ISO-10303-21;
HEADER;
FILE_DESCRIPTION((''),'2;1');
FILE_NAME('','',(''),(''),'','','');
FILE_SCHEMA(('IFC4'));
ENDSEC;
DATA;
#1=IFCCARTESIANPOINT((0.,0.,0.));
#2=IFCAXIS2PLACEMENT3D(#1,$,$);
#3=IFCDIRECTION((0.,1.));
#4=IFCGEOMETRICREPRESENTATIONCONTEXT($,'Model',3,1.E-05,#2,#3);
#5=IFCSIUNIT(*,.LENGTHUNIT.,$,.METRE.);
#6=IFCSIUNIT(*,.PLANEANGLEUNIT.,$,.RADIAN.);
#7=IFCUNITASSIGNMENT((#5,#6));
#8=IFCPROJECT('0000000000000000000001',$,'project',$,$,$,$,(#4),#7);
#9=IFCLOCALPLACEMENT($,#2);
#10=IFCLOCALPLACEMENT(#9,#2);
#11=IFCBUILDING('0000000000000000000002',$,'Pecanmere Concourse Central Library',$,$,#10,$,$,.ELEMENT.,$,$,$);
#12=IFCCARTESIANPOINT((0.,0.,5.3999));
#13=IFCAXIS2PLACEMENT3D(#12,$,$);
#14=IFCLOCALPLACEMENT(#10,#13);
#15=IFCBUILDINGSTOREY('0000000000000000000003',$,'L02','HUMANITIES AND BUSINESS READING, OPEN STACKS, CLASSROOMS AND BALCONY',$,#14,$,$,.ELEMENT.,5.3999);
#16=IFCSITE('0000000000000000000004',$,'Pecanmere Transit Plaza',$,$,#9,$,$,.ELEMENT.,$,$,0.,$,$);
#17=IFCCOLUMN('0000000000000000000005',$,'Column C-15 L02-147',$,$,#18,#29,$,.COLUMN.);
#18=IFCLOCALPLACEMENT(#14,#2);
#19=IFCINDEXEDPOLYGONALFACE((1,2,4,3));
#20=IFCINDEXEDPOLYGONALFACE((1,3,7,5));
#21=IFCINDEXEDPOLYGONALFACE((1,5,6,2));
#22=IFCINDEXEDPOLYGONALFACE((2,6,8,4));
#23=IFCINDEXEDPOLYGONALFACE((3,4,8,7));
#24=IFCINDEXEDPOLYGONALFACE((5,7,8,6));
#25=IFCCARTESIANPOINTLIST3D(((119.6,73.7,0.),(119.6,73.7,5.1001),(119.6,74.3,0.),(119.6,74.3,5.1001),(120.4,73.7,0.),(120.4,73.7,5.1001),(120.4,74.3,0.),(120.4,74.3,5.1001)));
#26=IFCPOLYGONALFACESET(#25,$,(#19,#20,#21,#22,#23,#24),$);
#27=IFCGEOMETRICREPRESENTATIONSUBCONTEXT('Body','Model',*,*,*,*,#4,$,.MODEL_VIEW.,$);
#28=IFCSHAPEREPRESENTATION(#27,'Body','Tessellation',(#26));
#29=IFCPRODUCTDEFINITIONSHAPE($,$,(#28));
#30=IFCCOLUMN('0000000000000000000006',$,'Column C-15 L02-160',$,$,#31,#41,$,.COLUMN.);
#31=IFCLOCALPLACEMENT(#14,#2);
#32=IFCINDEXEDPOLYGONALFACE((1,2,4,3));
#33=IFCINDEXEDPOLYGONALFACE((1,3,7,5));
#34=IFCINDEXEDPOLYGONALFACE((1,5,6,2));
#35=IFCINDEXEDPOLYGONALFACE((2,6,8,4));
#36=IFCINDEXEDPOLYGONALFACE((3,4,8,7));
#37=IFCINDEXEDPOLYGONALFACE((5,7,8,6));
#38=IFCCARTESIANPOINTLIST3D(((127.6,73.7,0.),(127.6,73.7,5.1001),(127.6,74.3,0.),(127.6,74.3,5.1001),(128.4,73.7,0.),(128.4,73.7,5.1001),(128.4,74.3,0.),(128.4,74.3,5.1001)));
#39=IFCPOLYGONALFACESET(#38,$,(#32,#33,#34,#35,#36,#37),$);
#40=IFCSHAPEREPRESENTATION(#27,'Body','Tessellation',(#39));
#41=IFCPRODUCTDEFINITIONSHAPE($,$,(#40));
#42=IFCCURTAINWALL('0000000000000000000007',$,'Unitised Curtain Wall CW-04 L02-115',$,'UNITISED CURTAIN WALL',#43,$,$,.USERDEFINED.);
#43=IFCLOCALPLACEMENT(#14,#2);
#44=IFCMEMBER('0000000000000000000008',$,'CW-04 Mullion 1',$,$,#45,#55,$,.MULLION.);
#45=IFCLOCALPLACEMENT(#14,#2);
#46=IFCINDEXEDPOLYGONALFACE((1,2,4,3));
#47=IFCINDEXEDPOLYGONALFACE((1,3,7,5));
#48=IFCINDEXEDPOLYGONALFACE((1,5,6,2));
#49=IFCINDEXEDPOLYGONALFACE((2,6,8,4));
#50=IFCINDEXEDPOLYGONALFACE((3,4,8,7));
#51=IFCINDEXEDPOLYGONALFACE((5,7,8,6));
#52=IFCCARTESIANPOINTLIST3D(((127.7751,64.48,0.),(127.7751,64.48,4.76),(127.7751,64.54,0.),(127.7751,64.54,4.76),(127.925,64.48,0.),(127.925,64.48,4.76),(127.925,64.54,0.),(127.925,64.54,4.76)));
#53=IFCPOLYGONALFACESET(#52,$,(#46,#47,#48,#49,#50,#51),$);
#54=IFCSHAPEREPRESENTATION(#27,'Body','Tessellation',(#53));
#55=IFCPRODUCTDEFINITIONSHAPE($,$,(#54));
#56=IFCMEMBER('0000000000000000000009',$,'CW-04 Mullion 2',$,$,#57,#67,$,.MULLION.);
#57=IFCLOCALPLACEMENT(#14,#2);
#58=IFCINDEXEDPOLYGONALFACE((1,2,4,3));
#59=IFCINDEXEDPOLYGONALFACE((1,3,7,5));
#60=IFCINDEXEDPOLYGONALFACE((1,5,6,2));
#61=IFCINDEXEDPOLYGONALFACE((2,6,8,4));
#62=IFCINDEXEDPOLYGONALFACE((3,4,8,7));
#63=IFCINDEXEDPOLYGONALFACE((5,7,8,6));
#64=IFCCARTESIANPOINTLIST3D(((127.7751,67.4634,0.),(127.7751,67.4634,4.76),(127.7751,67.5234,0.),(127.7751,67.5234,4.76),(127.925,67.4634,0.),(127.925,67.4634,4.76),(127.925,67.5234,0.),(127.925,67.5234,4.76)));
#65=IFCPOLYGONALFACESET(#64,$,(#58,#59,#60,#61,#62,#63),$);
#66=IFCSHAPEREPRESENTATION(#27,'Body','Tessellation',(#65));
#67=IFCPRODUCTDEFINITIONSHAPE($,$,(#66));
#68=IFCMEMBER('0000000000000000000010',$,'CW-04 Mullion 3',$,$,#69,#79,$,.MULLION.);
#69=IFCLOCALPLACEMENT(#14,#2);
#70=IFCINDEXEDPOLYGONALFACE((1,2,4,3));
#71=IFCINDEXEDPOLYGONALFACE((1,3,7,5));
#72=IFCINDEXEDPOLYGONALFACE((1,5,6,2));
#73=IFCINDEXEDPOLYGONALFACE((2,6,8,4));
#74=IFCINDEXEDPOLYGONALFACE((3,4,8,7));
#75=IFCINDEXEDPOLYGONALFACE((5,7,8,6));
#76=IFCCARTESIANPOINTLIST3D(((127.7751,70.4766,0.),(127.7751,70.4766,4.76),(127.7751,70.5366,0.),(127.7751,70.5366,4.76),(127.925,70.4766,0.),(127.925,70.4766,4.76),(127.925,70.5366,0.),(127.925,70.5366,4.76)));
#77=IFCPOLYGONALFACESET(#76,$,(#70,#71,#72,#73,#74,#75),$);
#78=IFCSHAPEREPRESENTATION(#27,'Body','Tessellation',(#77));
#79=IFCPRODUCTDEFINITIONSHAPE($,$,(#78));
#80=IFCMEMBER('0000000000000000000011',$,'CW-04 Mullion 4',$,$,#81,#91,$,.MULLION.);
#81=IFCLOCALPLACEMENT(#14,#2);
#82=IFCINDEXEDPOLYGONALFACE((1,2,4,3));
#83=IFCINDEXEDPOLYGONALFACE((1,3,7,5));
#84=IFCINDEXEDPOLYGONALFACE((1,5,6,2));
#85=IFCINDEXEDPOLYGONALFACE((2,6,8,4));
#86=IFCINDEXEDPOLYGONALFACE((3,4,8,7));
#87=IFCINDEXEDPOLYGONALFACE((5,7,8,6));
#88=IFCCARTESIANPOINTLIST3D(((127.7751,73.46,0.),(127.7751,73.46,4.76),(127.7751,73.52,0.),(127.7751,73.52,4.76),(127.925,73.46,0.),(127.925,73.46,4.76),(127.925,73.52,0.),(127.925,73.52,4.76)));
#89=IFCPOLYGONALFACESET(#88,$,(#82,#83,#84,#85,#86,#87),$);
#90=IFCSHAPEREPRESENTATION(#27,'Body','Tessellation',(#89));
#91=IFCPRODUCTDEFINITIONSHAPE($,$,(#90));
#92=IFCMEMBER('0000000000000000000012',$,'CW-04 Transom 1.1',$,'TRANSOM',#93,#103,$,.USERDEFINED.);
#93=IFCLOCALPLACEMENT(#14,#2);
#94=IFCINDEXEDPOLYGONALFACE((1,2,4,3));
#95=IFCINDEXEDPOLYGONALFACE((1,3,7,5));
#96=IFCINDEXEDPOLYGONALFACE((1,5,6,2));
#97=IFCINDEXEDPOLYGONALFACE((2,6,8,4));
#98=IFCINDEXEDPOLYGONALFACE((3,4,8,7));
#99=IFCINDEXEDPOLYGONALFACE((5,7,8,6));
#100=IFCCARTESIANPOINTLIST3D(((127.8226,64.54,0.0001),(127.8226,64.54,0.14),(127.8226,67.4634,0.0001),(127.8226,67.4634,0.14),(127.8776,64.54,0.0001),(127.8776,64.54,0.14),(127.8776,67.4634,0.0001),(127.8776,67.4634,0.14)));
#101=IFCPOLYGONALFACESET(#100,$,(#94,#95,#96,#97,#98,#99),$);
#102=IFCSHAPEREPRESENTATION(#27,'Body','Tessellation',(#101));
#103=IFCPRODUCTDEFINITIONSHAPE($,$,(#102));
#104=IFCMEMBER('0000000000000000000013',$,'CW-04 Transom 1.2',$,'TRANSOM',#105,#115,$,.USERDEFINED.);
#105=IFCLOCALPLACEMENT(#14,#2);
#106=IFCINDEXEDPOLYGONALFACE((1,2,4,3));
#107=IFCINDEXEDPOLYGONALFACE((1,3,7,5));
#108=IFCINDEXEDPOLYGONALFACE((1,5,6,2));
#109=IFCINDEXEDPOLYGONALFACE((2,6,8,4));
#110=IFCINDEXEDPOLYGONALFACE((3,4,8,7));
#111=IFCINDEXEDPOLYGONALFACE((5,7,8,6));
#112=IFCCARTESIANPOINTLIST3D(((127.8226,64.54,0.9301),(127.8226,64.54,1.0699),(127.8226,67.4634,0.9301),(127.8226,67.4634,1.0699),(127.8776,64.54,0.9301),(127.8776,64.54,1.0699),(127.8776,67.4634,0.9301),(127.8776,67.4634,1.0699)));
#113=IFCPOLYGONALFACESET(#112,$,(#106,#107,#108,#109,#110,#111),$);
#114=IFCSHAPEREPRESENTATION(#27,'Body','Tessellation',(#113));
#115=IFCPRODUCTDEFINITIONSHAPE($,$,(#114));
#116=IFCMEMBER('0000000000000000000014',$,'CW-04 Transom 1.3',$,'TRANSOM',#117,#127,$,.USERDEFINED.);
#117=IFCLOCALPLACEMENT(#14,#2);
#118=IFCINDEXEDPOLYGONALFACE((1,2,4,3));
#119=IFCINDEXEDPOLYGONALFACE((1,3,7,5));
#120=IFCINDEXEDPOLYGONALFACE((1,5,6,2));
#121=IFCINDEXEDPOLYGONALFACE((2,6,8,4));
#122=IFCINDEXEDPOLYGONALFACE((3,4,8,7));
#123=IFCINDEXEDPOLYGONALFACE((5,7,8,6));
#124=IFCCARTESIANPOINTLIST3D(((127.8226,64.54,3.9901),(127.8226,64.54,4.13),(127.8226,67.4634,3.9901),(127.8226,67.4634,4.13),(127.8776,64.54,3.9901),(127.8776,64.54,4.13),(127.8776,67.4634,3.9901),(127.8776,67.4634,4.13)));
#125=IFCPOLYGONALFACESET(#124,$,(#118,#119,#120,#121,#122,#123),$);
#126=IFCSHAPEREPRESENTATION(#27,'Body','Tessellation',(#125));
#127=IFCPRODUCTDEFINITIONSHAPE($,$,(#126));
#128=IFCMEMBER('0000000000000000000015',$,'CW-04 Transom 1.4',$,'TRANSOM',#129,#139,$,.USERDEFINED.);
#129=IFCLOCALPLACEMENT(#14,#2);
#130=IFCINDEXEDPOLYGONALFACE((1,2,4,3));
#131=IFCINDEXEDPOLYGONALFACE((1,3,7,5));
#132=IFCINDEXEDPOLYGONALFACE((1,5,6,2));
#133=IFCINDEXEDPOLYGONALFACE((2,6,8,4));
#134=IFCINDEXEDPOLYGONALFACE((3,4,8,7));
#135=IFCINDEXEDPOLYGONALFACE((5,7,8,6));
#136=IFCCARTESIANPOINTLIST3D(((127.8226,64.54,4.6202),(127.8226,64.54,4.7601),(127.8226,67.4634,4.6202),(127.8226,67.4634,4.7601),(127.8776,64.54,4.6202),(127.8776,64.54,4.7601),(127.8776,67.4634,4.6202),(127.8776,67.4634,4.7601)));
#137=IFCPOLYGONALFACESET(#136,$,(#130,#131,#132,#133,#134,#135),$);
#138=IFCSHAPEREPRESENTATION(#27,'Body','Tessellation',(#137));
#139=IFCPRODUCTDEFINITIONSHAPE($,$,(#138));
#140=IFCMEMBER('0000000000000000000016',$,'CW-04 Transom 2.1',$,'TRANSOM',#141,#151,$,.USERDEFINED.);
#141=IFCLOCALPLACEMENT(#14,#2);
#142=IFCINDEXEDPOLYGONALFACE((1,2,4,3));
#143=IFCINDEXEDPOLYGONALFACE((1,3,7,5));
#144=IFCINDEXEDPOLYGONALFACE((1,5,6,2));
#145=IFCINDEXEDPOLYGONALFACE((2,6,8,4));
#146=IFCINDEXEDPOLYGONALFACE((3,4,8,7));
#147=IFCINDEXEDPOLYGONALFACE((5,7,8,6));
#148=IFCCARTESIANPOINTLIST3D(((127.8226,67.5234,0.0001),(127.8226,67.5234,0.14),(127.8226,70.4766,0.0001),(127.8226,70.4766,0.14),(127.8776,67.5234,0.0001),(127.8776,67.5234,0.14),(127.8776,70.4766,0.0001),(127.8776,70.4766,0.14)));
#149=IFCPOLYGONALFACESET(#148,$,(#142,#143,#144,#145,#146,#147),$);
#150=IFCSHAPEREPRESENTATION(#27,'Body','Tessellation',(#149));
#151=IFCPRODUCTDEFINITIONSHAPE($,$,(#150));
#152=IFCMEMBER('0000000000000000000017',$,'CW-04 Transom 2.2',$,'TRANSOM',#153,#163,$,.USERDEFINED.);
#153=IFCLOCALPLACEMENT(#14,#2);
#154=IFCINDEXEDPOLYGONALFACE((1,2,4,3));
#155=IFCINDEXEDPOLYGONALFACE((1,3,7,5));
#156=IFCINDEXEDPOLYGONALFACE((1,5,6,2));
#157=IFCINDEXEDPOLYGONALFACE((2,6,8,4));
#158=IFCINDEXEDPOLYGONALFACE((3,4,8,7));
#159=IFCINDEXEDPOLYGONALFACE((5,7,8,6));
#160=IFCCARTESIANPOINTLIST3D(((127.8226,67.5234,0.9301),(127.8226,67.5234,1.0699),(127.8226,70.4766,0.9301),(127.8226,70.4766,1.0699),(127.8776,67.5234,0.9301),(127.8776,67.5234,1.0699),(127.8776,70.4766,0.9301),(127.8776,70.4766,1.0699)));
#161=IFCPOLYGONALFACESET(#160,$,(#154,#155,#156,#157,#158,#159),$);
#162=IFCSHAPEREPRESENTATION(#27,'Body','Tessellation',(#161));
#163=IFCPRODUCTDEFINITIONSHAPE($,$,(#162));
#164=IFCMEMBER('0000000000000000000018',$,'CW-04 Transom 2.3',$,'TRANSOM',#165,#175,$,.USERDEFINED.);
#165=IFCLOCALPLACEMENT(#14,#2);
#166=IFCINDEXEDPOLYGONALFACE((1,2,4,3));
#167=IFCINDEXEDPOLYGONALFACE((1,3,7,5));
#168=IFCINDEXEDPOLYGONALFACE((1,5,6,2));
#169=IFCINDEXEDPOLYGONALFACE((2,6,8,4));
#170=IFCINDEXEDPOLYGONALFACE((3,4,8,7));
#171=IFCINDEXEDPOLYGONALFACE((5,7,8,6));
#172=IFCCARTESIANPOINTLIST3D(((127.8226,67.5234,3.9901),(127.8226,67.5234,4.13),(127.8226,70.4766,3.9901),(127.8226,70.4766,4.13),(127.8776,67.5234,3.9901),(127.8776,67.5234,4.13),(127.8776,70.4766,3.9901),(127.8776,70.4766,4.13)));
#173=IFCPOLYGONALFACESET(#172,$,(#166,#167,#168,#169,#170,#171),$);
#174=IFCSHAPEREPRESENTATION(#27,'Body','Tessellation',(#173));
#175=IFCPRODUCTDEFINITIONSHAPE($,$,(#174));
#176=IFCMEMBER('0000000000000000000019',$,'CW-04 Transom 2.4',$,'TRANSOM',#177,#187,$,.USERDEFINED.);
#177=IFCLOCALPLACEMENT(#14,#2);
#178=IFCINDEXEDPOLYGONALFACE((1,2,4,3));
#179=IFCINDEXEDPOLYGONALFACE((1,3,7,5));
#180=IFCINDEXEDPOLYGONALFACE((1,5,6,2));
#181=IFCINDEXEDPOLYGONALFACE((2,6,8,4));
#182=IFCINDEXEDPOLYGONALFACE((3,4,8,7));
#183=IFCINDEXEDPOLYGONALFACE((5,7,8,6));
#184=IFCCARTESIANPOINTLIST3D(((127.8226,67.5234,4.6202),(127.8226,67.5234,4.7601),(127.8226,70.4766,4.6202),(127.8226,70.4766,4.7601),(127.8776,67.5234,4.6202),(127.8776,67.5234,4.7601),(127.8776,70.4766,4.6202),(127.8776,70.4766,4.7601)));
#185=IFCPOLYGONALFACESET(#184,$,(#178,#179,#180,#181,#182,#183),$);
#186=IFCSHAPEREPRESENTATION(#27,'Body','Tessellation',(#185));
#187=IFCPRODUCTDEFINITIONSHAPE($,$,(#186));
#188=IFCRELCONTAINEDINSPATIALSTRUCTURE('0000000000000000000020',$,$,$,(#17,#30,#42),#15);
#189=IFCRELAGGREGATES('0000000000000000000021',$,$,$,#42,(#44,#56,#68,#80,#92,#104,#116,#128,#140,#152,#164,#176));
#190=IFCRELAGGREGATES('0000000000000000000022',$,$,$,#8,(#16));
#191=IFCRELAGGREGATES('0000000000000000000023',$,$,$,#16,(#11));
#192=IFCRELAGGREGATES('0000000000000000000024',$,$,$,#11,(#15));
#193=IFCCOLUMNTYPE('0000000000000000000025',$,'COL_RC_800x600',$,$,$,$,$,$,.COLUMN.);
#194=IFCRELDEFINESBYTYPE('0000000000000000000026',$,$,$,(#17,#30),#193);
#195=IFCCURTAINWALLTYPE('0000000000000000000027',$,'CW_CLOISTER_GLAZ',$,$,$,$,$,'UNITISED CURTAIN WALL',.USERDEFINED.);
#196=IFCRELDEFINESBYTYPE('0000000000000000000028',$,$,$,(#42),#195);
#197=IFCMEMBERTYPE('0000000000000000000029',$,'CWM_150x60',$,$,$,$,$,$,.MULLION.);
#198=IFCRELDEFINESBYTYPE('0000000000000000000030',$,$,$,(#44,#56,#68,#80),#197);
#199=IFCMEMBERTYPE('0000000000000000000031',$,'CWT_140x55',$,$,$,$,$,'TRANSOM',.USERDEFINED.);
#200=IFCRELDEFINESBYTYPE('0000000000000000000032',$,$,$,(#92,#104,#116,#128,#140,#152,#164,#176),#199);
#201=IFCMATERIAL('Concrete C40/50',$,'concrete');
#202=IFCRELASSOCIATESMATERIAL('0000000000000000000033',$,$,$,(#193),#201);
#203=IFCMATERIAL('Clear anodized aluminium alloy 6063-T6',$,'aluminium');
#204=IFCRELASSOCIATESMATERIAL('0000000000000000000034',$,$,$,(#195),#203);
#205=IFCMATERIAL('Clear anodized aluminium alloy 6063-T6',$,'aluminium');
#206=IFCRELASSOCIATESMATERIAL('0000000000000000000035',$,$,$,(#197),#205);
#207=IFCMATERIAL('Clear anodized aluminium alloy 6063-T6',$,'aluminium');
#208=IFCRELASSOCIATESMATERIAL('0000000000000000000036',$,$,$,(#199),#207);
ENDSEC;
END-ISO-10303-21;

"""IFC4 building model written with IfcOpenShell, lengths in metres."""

from ifc_helpers import new_model, si_unit, direction, frame, origin, origin_2d, place, context, subcontext, project, spatial, rectangle, extrude, material, material_profile, profile_set, type_object, element, aggregate, save


model = new_model("IFC4")

# Units and contexts
model_context = context("Model", 3, precision=1e-05, world=origin(), true_north=direction((0.0, 1.0)))
body_context = subcontext(model_context, "Body", "Model", "MODEL_VIEW")
ifc_project = project(units=[si_unit("LENGTHUNIT", "METRE"), si_unit("PLANEANGLEUNIT", "RADIAN")], contexts=[model_context])

# Site, building, storey
site_placement = place(None, origin())
site = spatial("IfcSite", under=ifc_project, at=site_placement, Name="Pecanmere Transit Plaza", CompositionType="ELEMENT", RefElevation=0.0)
building_placement = place(site_placement, origin())
building = spatial("IfcBuilding", under=site, at=building_placement, Name="Pecanmere Concourse Central Library", CompositionType="ELEMENT")
storey_placement = place(building_placement, frame((0.0, 0.0, 5.3999)))
storey = spatial("IfcBuildingStorey", under=building, at=storey_placement, Name="L02", Description="HUMANITIES AND BUSINESS READING, OPEN STACKS, CLASSROOMS AND BALCONY", CompositionType="ELEMENT", Elevation=5.3999)

# Columns
ifc_material_1 = material(Name="Concrete C40/50", Category="concrete")
ifc_material_profile_1 = material_profile(ifc_material_1, rectangle(XDim=0.8, YDim=0.6001, at=origin_2d()), Name="RC 800x600")
ifc_profile_set_1 = profile_set([ifc_material_profile_1], Name="Concrete C40/50")
column_type = type_object("IfcColumnType", Name="COL_RC_800x600", PredefinedType="COLUMN", material=ifc_profile_set_1)
for number, where, z_axis, x_axis, name in (
    (1, (120.0, 74.0, 0.0), (0.0, 0.0, 1.0), (1.0, 0.0, 0.0), "Column C-15 L02-147"),
    (2, (128.0, 74.0, 0.0), (0.0, 0.0, 1.0), (1.0, 0.0, 0.0), "Column C-15 L02-160"),
):
    element("IfcColumn", number, at=place(storey_placement, frame(where, z_axis=z_axis, x_axis=x_axis)), inside=storey, type_object=column_type, Name=name, PredefinedType="COLUMN", context=body_context, shape_type="SweptSolid", body=[
        extrude(rectangle(XDim=0.8, YDim=0.6001, at=origin_2d()), origin(), (0.0, 0.0, 1.0), 5.1001),
    ])

# Curtain wall, members
ifc_material_2 = material(Name="Clear anodized aluminium alloy 6063-T6", Category="aluminium")
curtain_wall_type = type_object("IfcCurtainWallType", Name="CW_CLOISTER_GLAZ", ElementType="UNITISED CURTAIN WALL", PredefinedType="USERDEFINED", material=ifc_material_2)
curtain_wall_placement = place(storey_placement, origin())
curtain_wall = element("IfcCurtainWall", 3, at=curtain_wall_placement, inside=storey, type_object=curtain_wall_type, Name="Unitised Curtain Wall CW-04 L02-115", ObjectType="UNITISED CURTAIN WALL", PredefinedType="USERDEFINED")
ifc_material_3 = material(Name="Clear anodized aluminium alloy 6063-T6", Category="aluminium")
ifc_material_profile_2 = material_profile(ifc_material_3, rectangle(XDim=0.0601, YDim=0.1499, at=origin_2d()), Name="AL 60x150")
ifc_profile_set_2 = profile_set([ifc_material_profile_2], Name="Clear anodized aluminium alloy 6063-T6")
member_type_1 = type_object("IfcMemberType", Name="CWM_150x60", PredefinedType="MULLION", material=ifc_profile_set_2)
member_1_placement = place(storey_placement, frame((127.8501, 64.51, 0.0), z_axis=(0.0, 0.0, 1.0), x_axis=(0.0, 1.0, 0.0)))
member_1 = element("IfcMember", 4, at=member_1_placement, type_object=member_type_1, Name="CW-04 Mullion 1", PredefinedType="MULLION", context=body_context, shape_type="SweptSolid", body=[
    extrude(rectangle(XDim=0.0601, YDim=0.1499, at=origin_2d()), origin(), (0.0, 0.0, 1.0), 4.76),
])
member_2_placement = place(storey_placement, frame((127.8501, 67.4934, 0.0), z_axis=(0.0, 0.0, 1.0), x_axis=(0.0, 1.0, 0.0)))
member_2 = element("IfcMember", 5, at=member_2_placement, type_object=member_type_1, Name="CW-04 Mullion 2", PredefinedType="MULLION", context=body_context, shape_type="SweptSolid", body=[
    extrude(rectangle(XDim=0.0601, YDim=0.1499, at=origin_2d()), origin(), (0.0, 0.0, 1.0), 4.76),
])
member_3_placement = place(storey_placement, frame((127.8501, 70.5066, 0.0), z_axis=(0.0, 0.0, 1.0), x_axis=(0.0, 1.0, 0.0)))
member_3 = element("IfcMember", 6, at=member_3_placement, type_object=member_type_1, Name="CW-04 Mullion 3", PredefinedType="MULLION", context=body_context, shape_type="SweptSolid", body=[
    extrude(rectangle(XDim=0.0601, YDim=0.1499, at=origin_2d()), origin(), (0.0, 0.0, 1.0), 4.76),
])
member_4_placement = place(storey_placement, frame((127.8501, 73.49, 0.0), z_axis=(0.0, 0.0, 1.0), x_axis=(0.0, 1.0, 0.0)))
member_4 = element("IfcMember", 7, at=member_4_placement, type_object=member_type_1, Name="CW-04 Mullion 4", PredefinedType="MULLION", context=body_context, shape_type="SweptSolid", body=[
    extrude(rectangle(XDim=0.0601, YDim=0.1499, at=origin_2d()), origin(), (0.0, 0.0, 1.0), 4.76),
])
ifc_material_4 = material(Name="Clear anodized aluminium alloy 6063-T6", Category="aluminium")
ifc_material_profile_3 = material_profile(ifc_material_4, rectangle(XDim=0.0549, YDim=0.1399, at=origin_2d()), Name="AL 55x140")
ifc_profile_set_3 = profile_set([ifc_material_profile_3], Name="Clear anodized aluminium alloy 6063-T6")
member_type_2 = type_object("IfcMemberType", Name="CWT_140x55", ElementType="TRANSOM", PredefinedType="USERDEFINED", material=ifc_profile_set_3)
member_5_placement = place(storey_placement, frame((127.8501, 64.54, 0.0701), z_axis=(0.0, 1.0, 0.0), x_axis=(-1.0, 0.0, 0.0)))
member_5 = element("IfcMember", 8, at=member_5_placement, type_object=member_type_2, Name="CW-04 Transom 1.1", ObjectType="TRANSOM", PredefinedType="USERDEFINED", context=body_context, shape_type="SweptSolid", body=[
    extrude(rectangle(XDim=0.0549, YDim=0.1399, at=origin_2d()), origin(), (0.0, 0.0, 1.0), 2.9233),
])
member_6_placement = place(storey_placement, frame((127.8501, 64.54, 1.0), z_axis=(0.0, 1.0, 0.0), x_axis=(-1.0, 0.0, 0.0)))
member_6 = element("IfcMember", 9, at=member_6_placement, type_object=member_type_2, Name="CW-04 Transom 1.2", ObjectType="TRANSOM", PredefinedType="USERDEFINED", context=body_context, shape_type="SweptSolid", body=[
    extrude(rectangle(XDim=0.0549, YDim=0.1399, at=origin_2d()), origin(), (0.0, 0.0, 1.0), 2.9233),
])
member_7_placement = place(storey_placement, frame((127.8501, 64.54, 4.0601), z_axis=(0.0, 1.0, 0.0), x_axis=(-1.0, 0.0, 0.0)))
member_7 = element("IfcMember", 10, at=member_7_placement, type_object=member_type_2, Name="CW-04 Transom 1.3", ObjectType="TRANSOM", PredefinedType="USERDEFINED", context=body_context, shape_type="SweptSolid", body=[
    extrude(rectangle(XDim=0.0549, YDim=0.1399, at=origin_2d()), origin(), (0.0, 0.0, 1.0), 2.9233),
])
member_8_placement = place(storey_placement, frame((127.8501, 64.54, 4.6902), z_axis=(0.0, 1.0, 0.0), x_axis=(-1.0, 0.0, 0.0)))
member_8 = element("IfcMember", 11, at=member_8_placement, type_object=member_type_2, Name="CW-04 Transom 1.4", ObjectType="TRANSOM", PredefinedType="USERDEFINED", context=body_context, shape_type="SweptSolid", body=[
    extrude(rectangle(XDim=0.0549, YDim=0.1399, at=origin_2d()), origin(), (0.0, 0.0, 1.0), 2.9233),
])
member_9_placement = place(storey_placement, frame((127.8501, 67.5234, 0.0701), z_axis=(0.0, 1.0, 0.0), x_axis=(-1.0, 0.0, 0.0)))
member_9 = element("IfcMember", 12, at=member_9_placement, type_object=member_type_2, Name="CW-04 Transom 2.1", ObjectType="TRANSOM", PredefinedType="USERDEFINED", context=body_context, shape_type="SweptSolid", body=[
    extrude(rectangle(XDim=0.0549, YDim=0.1399, at=origin_2d()), origin(), (0.0, 0.0, 1.0), 2.9531),
])
member_10_placement = place(storey_placement, frame((127.8501, 67.5234, 1.0), z_axis=(0.0, 1.0, 0.0), x_axis=(-1.0, 0.0, 0.0)))
member_10 = element("IfcMember", 13, at=member_10_placement, type_object=member_type_2, Name="CW-04 Transom 2.2", ObjectType="TRANSOM", PredefinedType="USERDEFINED", context=body_context, shape_type="SweptSolid", body=[
    extrude(rectangle(XDim=0.0549, YDim=0.1399, at=origin_2d()), origin(), (0.0, 0.0, 1.0), 2.9531),
])
member_11_placement = place(storey_placement, frame((127.8501, 67.5234, 4.0601), z_axis=(0.0, 1.0, 0.0), x_axis=(-1.0, 0.0, 0.0)))
member_11 = element("IfcMember", 14, at=member_11_placement, type_object=member_type_2, Name="CW-04 Transom 2.3", ObjectType="TRANSOM", PredefinedType="USERDEFINED", context=body_context, shape_type="SweptSolid", body=[
    extrude(rectangle(XDim=0.0549, YDim=0.1399, at=origin_2d()), origin(), (0.0, 0.0, 1.0), 2.9531),
])
member_12_placement = place(storey_placement, frame((127.8501, 67.5234, 4.6902), z_axis=(0.0, 1.0, 0.0), x_axis=(-1.0, 0.0, 0.0)))
member_12 = element("IfcMember", 15, at=member_12_placement, type_object=member_type_2, Name="CW-04 Transom 2.4", ObjectType="TRANSOM", PredefinedType="USERDEFINED", context=body_context, shape_type="SweptSolid", body=[
    extrude(rectangle(XDim=0.0549, YDim=0.1399, at=origin_2d()), origin(), (0.0, 0.0, 1.0), 2.9531),
])

aggregate(curtain_wall, [member_1, member_2, member_3, member_4, member_5, member_6, member_7, member_8, member_9, member_10, member_11, member_12])

save(model, "model.ifc")
